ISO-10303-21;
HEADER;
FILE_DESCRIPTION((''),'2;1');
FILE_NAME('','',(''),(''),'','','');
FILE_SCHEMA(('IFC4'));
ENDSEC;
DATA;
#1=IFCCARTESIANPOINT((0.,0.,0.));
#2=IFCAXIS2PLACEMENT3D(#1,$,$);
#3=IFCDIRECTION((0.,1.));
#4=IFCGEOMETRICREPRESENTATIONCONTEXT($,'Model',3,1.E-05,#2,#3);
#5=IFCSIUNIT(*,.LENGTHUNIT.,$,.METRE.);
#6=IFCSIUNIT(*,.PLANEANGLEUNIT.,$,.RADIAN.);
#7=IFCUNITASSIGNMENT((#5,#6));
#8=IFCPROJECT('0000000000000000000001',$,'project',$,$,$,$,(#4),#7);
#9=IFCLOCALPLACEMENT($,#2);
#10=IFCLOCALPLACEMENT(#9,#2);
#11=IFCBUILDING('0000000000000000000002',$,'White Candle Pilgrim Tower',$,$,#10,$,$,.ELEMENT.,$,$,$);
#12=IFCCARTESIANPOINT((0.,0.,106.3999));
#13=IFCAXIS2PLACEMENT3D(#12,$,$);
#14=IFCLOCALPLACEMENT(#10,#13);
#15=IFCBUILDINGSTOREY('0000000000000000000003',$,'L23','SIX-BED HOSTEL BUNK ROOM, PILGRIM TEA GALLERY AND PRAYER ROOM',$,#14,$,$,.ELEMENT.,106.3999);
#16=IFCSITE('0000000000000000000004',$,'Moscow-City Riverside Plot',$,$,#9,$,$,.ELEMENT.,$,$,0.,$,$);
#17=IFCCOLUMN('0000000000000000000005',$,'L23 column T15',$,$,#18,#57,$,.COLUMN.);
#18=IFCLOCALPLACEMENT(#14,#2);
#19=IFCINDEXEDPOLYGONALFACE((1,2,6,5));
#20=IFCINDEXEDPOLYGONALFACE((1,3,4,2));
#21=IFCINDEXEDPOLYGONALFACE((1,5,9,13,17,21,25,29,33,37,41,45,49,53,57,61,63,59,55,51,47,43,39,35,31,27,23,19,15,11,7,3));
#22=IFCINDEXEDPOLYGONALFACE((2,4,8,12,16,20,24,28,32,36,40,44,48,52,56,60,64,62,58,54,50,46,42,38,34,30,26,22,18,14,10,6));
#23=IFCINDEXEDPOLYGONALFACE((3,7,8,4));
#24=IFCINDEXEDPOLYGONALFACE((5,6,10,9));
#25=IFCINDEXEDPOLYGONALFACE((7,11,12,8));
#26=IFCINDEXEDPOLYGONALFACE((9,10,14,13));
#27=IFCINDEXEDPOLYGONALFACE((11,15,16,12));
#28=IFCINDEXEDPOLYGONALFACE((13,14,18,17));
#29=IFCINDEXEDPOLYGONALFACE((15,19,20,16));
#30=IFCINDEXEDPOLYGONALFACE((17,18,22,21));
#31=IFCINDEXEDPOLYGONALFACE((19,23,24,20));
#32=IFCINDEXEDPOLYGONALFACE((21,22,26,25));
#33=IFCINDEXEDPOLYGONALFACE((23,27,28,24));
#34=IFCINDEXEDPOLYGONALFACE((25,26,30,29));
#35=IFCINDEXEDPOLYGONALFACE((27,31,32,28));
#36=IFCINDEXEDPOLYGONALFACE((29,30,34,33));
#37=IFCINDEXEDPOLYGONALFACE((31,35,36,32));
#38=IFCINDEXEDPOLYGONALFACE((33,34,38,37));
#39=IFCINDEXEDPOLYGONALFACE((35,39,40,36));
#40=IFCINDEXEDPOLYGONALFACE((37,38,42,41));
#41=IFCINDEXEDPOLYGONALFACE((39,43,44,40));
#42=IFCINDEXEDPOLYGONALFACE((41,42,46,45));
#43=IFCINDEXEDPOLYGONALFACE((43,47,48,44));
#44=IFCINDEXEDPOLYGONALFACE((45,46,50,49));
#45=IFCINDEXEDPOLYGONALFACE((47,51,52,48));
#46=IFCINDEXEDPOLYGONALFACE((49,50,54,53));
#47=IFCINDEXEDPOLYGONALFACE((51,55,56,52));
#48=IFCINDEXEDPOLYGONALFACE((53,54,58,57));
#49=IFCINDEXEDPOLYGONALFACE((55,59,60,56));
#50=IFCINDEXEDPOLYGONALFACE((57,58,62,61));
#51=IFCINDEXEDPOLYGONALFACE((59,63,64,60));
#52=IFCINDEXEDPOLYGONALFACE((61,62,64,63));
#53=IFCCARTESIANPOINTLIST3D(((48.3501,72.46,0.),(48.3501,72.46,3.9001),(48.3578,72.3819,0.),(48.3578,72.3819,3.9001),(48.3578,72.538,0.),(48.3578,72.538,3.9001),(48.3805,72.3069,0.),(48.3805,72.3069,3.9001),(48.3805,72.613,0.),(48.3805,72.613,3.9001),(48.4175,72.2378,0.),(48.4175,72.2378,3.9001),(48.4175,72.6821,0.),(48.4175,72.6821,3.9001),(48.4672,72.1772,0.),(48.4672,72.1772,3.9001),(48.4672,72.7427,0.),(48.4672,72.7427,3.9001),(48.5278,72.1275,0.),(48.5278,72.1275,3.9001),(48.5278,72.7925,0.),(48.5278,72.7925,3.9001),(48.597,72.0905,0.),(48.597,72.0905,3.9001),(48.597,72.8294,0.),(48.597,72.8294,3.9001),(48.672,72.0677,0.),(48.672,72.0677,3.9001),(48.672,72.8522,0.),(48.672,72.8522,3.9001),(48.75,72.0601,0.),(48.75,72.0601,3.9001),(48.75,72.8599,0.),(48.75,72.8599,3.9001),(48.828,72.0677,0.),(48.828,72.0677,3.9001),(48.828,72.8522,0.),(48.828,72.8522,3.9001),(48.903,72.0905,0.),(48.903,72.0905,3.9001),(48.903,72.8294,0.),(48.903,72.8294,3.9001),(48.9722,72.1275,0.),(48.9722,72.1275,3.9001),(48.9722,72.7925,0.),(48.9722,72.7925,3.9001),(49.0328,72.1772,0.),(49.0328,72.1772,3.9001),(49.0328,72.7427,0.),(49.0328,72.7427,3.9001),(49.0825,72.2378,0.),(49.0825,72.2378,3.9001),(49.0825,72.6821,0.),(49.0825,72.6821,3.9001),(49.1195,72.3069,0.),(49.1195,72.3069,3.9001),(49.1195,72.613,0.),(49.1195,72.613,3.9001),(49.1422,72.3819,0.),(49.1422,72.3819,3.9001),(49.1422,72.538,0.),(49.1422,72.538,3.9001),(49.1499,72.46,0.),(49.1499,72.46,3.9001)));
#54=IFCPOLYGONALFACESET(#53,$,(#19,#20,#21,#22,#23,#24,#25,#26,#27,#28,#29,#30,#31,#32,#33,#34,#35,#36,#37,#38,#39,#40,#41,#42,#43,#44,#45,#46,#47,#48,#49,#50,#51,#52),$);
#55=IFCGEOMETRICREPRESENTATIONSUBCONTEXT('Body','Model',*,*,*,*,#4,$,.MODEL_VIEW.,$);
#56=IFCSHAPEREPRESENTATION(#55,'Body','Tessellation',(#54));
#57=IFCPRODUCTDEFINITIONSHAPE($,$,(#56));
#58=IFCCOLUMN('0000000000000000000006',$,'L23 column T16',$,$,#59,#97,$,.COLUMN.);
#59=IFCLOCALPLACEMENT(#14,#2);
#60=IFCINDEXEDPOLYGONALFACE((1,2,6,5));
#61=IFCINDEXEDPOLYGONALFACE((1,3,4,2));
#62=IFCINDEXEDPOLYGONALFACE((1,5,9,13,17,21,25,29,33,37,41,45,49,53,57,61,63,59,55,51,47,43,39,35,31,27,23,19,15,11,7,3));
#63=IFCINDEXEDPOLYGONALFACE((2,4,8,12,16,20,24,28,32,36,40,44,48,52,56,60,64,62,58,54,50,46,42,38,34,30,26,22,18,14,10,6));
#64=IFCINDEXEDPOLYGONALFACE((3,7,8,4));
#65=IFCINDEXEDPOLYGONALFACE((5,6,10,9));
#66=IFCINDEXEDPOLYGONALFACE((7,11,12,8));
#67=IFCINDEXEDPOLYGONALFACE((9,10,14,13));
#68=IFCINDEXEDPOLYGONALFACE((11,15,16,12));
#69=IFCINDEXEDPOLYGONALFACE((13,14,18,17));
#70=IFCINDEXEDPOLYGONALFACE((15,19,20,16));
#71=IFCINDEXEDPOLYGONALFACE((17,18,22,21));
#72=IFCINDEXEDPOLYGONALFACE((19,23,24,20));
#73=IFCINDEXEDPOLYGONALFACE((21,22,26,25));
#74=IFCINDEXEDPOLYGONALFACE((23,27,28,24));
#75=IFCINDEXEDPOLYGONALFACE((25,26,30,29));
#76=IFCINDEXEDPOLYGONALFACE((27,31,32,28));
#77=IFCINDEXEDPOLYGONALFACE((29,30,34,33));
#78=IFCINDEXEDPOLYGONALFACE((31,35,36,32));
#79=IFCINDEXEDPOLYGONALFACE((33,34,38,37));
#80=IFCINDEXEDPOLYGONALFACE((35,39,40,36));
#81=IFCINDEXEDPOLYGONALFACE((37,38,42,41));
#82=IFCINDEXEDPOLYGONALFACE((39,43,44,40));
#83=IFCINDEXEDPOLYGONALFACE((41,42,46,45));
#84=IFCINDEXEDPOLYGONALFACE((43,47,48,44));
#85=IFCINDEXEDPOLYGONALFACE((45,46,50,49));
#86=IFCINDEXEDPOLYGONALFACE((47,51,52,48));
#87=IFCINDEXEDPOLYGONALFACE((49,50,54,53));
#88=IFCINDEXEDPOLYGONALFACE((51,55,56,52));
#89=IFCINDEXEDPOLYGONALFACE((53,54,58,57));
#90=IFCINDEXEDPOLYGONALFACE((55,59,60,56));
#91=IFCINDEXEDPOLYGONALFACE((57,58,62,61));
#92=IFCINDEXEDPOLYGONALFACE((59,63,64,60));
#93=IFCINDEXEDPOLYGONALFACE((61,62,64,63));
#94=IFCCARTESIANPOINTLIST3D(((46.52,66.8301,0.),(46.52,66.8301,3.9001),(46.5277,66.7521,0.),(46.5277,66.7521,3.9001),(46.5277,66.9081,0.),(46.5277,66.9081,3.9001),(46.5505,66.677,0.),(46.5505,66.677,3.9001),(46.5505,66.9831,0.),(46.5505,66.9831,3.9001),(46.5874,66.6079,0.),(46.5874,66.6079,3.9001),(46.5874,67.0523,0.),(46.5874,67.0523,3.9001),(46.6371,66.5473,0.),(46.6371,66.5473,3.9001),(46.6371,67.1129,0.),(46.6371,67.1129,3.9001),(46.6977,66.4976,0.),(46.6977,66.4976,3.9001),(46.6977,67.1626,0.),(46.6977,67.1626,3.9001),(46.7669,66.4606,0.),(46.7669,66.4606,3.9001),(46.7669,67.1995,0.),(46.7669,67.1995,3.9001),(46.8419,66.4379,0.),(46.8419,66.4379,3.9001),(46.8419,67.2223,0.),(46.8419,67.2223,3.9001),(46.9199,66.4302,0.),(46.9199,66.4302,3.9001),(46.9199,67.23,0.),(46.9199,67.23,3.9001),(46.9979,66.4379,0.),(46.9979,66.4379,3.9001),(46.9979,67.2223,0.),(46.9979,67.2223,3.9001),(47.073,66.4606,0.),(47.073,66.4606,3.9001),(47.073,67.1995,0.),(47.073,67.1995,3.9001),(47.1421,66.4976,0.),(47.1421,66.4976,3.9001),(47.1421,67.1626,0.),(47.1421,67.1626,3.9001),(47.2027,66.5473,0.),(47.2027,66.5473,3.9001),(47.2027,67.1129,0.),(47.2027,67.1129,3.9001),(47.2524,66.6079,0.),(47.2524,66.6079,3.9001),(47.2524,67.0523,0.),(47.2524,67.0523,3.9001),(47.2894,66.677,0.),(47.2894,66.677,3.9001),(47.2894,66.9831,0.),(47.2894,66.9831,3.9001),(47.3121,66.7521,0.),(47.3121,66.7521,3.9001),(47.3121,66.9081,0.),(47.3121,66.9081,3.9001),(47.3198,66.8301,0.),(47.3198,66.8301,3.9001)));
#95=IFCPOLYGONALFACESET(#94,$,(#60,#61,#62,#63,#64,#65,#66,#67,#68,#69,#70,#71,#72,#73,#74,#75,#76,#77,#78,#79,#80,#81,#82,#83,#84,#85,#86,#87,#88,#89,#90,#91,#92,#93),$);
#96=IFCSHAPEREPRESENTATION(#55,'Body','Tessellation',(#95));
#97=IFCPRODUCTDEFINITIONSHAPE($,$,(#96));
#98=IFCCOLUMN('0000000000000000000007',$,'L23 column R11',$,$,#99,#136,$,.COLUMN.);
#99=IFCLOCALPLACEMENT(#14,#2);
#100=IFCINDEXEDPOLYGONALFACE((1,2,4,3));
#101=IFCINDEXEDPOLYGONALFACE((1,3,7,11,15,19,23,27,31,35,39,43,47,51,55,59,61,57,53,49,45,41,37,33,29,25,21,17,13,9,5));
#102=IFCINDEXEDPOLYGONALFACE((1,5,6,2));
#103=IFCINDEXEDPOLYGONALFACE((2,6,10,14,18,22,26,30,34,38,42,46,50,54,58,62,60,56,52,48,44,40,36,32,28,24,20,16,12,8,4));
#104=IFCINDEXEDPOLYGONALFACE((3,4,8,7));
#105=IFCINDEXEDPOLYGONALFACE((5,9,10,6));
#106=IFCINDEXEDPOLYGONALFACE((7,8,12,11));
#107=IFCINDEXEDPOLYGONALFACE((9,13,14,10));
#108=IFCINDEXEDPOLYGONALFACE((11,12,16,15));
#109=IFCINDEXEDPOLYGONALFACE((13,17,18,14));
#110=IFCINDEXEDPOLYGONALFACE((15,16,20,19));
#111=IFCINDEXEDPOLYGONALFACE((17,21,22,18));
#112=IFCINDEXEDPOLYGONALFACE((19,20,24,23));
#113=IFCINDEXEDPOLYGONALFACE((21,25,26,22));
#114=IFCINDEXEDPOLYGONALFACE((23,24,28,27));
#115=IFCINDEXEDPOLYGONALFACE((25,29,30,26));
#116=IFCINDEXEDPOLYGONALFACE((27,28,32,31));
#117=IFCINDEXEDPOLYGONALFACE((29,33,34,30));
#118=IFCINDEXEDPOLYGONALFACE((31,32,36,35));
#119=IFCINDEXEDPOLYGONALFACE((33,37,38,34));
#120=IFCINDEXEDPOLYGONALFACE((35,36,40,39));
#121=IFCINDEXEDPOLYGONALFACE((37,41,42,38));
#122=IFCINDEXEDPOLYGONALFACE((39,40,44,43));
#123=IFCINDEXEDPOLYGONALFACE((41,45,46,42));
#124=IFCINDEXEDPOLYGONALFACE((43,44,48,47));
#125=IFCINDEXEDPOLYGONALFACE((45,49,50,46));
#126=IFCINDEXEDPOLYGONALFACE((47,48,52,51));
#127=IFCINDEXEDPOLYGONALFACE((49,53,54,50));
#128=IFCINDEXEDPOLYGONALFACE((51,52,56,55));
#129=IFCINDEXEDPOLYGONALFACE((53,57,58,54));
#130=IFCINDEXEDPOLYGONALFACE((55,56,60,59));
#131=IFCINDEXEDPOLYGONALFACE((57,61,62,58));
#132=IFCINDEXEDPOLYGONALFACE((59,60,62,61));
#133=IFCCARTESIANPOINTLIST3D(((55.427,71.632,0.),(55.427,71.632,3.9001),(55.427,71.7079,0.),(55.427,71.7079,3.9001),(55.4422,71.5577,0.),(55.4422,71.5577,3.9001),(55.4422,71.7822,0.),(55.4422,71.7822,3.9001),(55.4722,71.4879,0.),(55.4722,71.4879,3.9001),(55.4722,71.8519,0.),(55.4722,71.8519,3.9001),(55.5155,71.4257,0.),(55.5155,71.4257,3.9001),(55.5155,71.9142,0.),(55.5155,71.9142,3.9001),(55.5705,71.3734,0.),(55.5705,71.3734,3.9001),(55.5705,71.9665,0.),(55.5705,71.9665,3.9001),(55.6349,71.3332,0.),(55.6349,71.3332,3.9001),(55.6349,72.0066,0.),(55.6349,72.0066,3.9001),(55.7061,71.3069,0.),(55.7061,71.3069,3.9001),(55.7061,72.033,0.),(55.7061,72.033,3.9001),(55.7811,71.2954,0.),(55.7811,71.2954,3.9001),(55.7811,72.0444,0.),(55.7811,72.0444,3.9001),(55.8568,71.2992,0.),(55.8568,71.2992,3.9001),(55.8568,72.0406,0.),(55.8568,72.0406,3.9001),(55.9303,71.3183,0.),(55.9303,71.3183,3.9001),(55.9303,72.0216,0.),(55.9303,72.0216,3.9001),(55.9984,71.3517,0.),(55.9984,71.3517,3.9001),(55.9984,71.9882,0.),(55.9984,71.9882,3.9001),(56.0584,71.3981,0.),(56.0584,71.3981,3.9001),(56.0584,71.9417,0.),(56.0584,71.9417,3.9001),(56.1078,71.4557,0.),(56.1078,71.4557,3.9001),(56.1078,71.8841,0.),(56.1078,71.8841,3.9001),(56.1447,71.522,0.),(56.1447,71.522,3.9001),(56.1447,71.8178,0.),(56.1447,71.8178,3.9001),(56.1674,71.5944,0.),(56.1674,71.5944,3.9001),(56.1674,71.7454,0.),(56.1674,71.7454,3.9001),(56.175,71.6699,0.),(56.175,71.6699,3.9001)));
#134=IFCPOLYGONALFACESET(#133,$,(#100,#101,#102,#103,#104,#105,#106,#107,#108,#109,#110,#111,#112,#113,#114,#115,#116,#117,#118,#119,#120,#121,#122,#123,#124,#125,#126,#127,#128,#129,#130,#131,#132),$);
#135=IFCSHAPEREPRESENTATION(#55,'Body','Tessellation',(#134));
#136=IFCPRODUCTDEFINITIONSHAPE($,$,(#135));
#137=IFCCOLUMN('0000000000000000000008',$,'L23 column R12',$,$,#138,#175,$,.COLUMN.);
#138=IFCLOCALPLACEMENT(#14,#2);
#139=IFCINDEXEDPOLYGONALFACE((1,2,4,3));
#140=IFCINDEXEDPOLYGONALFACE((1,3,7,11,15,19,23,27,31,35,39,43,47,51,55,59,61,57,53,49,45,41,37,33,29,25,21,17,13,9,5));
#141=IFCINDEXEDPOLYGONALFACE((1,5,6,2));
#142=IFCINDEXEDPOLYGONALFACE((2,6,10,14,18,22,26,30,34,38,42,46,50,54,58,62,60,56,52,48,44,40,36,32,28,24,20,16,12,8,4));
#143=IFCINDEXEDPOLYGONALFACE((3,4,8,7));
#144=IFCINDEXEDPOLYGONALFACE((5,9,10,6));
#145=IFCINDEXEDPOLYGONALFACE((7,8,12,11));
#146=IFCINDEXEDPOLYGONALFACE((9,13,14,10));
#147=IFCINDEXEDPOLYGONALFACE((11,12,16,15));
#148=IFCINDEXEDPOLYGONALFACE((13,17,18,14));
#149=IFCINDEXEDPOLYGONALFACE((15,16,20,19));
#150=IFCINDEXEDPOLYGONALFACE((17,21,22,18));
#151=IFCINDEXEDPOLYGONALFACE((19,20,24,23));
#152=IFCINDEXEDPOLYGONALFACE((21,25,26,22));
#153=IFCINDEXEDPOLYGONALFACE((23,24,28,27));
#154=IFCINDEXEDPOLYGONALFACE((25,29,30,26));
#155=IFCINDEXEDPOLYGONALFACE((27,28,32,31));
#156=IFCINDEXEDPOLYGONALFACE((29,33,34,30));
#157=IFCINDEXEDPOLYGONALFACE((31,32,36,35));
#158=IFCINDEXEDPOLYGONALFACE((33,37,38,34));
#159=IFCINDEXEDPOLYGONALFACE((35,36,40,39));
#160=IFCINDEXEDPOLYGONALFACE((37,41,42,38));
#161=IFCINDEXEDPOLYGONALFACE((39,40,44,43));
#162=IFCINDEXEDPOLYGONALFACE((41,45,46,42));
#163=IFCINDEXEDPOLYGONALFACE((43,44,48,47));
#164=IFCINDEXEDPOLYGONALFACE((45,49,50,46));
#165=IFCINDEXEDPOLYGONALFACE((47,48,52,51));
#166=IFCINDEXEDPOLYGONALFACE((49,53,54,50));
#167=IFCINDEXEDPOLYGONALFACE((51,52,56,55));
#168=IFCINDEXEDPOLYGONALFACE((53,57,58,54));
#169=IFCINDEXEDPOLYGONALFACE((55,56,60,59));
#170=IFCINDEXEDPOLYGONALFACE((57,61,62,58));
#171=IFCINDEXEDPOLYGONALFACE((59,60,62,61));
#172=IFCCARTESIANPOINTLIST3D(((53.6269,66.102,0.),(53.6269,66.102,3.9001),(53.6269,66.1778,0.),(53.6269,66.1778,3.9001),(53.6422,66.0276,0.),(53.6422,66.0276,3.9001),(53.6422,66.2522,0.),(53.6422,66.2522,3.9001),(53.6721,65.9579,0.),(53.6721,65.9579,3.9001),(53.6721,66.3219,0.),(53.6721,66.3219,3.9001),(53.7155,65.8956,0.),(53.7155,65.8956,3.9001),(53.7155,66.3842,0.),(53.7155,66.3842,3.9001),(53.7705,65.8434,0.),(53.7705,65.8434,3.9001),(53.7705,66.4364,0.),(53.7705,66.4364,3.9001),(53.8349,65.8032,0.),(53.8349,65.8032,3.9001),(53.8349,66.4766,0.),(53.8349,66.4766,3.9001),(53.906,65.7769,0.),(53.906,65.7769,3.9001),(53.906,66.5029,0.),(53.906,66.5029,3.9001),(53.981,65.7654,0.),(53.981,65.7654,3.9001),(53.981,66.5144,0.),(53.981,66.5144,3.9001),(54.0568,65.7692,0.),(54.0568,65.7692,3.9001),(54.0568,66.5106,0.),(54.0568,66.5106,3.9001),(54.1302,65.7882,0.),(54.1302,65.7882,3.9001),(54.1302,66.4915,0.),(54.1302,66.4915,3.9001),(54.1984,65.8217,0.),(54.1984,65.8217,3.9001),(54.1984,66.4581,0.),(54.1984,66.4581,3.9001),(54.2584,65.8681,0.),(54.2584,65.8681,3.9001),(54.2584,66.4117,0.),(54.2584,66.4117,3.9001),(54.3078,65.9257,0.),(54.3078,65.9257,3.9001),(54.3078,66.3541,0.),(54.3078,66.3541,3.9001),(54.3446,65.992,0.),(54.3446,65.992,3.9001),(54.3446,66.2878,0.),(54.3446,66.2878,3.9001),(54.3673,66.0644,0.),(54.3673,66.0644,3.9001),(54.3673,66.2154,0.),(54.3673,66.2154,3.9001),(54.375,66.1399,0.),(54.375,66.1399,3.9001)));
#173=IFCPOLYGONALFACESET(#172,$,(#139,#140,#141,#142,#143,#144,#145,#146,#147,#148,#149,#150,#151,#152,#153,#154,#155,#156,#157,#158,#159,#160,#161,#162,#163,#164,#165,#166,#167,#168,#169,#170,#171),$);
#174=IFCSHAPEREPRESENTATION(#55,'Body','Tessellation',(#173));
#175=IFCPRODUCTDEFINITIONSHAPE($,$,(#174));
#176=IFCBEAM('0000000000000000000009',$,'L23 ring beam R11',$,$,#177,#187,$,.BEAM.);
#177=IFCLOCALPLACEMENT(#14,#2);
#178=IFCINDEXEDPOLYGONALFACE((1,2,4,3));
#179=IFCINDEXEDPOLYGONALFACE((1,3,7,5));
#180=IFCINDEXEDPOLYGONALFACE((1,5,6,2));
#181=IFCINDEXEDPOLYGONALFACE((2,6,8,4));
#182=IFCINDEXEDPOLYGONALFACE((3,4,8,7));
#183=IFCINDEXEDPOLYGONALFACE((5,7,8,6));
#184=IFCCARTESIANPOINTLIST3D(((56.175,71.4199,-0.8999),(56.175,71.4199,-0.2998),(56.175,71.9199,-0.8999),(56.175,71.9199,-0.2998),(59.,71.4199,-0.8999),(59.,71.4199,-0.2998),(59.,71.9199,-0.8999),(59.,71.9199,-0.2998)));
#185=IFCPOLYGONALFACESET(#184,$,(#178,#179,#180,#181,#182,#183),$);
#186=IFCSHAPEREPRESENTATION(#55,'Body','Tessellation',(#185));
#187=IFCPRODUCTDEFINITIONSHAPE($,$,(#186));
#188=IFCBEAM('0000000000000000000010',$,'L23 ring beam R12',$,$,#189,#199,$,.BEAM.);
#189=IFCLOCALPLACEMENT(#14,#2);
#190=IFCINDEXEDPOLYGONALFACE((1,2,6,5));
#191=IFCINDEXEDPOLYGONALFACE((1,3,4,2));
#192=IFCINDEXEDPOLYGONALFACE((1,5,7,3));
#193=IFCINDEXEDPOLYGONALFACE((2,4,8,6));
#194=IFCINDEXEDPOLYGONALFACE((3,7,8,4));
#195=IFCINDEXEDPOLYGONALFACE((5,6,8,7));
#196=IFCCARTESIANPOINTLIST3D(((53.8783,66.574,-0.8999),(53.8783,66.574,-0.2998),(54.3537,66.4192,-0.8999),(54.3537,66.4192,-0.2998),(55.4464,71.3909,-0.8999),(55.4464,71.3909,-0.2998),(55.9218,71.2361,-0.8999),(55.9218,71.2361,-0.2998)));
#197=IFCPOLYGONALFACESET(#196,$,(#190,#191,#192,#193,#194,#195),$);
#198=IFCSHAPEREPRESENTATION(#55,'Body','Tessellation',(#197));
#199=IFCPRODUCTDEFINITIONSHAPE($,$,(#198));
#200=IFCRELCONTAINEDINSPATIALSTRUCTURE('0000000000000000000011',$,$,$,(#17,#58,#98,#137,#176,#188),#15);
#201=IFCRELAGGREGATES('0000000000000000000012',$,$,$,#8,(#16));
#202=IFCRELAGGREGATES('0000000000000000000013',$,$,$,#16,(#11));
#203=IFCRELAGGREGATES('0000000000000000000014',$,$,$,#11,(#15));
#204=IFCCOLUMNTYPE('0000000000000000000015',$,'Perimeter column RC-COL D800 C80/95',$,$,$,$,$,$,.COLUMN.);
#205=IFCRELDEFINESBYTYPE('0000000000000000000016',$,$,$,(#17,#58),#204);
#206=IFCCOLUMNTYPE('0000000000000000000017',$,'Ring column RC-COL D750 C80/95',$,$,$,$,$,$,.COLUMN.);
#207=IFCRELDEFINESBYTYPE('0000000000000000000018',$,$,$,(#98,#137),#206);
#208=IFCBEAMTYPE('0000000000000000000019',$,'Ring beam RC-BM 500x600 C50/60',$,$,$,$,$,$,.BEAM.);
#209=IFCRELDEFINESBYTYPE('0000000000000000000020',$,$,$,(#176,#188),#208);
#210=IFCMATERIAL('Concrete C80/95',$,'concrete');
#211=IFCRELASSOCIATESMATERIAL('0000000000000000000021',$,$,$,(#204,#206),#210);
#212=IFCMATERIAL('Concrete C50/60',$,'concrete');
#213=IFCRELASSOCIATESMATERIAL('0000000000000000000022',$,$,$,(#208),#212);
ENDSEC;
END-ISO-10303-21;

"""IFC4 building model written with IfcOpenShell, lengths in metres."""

from ifc_helpers import new_model, si_unit, direction, frame, origin, origin_2d, place, context, subcontext, project, spatial, rectangle, circle, extrude, material, material_profile, profile_set, type_object, element, save


model = new_model("IFC4")

# Units and contexts
model_context = context("Model", 3, precision=1e-05, world=origin(), true_north=direction((0.0, 1.0)))
body_context = subcontext(model_context, "Body", "Model", "MODEL_VIEW")
ifc_project = project(units=[si_unit("LENGTHUNIT", "METRE"), si_unit("PLANEANGLEUNIT", "RADIAN")], contexts=[model_context])

# Site, building, storey
site_placement = place(None, origin())
site = spatial("IfcSite", under=ifc_project, at=site_placement, Name="Moscow-City Riverside Plot", CompositionType="ELEMENT", RefElevation=0.0)
building_placement = place(site_placement, origin())
building = spatial("IfcBuilding", under=site, at=building_placement, Name="White Candle Pilgrim Tower", CompositionType="ELEMENT")
storey_placement = place(building_placement, frame((0.0, 0.0, 106.3999)))
storey = spatial("IfcBuildingStorey", under=building, at=storey_placement, Name="L23", Description="SIX-BED HOSTEL BUNK ROOM, PILGRIM TEA GALLERY AND PRAYER ROOM", CompositionType="ELEMENT", Elevation=106.3999)

# Columns
ifc_material_1 = material(Name="Concrete C80/95", Category="concrete")
ifc_material_profile_1 = material_profile(ifc_material_1, circle(Radius=0.3999, at=origin_2d()), Name="RC-COL D800")
ifc_profile_set_1 = profile_set([ifc_material_profile_1], Name="Concrete C80/95")
column_type_1 = type_object("IfcColumnType", Name="Perimeter column RC-COL D800 C80/95", PredefinedType="COLUMN", material=ifc_profile_set_1)
for number, where, z_axis, x_axis, name in (
    (1, (48.75, 72.46, 0.0), (0.0, 0.0, 1.0), (1.0, 0.0, 0.0), "L23 column T15"),
    (2, (46.9199, 66.8301, 0.0), (0.0, 0.0, 1.0), (1.0, 0.0, 0.0), "L23 column T16"),
):
    element("IfcColumn", number, at=place(storey_placement, frame(where, z_axis=z_axis, x_axis=x_axis)), inside=storey, type_object=column_type_1, Name=name, PredefinedType="COLUMN", context=body_context, shape_type="SweptSolid", body=[
        extrude(circle(Radius=0.3999, at=origin_2d()), origin(), (0.0, 0.0, 1.0), 3.9001),
    ])
ifc_material_profile_2 = material_profile(ifc_material_1, circle(Radius=0.375, at=origin_2d()), Name="RC-COL D750")
ifc_profile_set_2 = profile_set([ifc_material_profile_2], Name="Concrete C80/95")
column_type_2 = type_object("IfcColumnType", Name="Ring column RC-COL D750 C80/95", PredefinedType="COLUMN", material=ifc_profile_set_2)
for number, where, z_axis, x_axis, name in (
    (3, (55.8, 71.6699, 0.0), (0.0, 0.0, 1.0), (1.0, 0.0, 0.0), "L23 column R11"),
    (4, (54.0, 66.1399, 0.0), (0.0, 0.0, 1.0), (1.0, 0.0, 0.0), "L23 column R12"),
):
    element("IfcColumn", number, at=place(storey_placement, frame(where, z_axis=z_axis, x_axis=x_axis)), inside=storey, type_object=column_type_2, Name=name, PredefinedType="COLUMN", context=body_context, shape_type="SweptSolid", body=[
        extrude(circle(Radius=0.375, at=origin_2d()), origin(), (0.0, 0.0, 1.0), 3.9001),
    ])

# Beams
ifc_material_2 = material(Name="Concrete C50/60", Category="concrete")
ifc_material_profile_3 = material_profile(ifc_material_2, rectangle(XDim=0.5, YDim=0.6001, at=origin_2d()), Name="RC-BM 500x600")
ifc_profile_set_3 = profile_set([ifc_material_profile_3], Name="Concrete C50/60")
beam_type_1 = type_object("IfcBeamType", Name="Ring beam RC-BM 500x600 C50/60", PredefinedType="BEAM", material=ifc_profile_set_3)
beam_1_placement = place(storey_placement, frame((56.175, 71.6699, -0.5999), z_axis=(1.0, 0.0, 0.0), x_axis=(0.0, 1.0, 0.0)))
element("IfcBeam", 5, at=beam_1_placement, inside=storey, type_object=beam_type_1, Name="L23 ring beam R11", PredefinedType="BEAM", context=body_context, shape_type="SweptSolid", body=[
    extrude(rectangle(XDim=0.5, YDim=0.6001, at=origin_2d()), origin(), (0.0, 0.0, 1.0), 2.825),
])
beam_2_placement = place(storey_placement, frame((55.6841, 71.3135, -0.5999), z_axis=(-0.309555, -0.950882, 0.0), x_axis=(0.950882, -0.309555, 0.0)))
element("IfcBeam", 6, at=beam_2_placement, inside=storey, type_object=beam_type_1, Name="L23 ring beam R12", PredefinedType="BEAM", context=body_context, shape_type="SweptSolid", body=[
    extrude(rectangle(XDim=0.5, YDim=0.6001, at=origin_2d()), origin(), (0.0, 0.0, 1.0), 5.0657),
])

save(model, "model.ifc")
